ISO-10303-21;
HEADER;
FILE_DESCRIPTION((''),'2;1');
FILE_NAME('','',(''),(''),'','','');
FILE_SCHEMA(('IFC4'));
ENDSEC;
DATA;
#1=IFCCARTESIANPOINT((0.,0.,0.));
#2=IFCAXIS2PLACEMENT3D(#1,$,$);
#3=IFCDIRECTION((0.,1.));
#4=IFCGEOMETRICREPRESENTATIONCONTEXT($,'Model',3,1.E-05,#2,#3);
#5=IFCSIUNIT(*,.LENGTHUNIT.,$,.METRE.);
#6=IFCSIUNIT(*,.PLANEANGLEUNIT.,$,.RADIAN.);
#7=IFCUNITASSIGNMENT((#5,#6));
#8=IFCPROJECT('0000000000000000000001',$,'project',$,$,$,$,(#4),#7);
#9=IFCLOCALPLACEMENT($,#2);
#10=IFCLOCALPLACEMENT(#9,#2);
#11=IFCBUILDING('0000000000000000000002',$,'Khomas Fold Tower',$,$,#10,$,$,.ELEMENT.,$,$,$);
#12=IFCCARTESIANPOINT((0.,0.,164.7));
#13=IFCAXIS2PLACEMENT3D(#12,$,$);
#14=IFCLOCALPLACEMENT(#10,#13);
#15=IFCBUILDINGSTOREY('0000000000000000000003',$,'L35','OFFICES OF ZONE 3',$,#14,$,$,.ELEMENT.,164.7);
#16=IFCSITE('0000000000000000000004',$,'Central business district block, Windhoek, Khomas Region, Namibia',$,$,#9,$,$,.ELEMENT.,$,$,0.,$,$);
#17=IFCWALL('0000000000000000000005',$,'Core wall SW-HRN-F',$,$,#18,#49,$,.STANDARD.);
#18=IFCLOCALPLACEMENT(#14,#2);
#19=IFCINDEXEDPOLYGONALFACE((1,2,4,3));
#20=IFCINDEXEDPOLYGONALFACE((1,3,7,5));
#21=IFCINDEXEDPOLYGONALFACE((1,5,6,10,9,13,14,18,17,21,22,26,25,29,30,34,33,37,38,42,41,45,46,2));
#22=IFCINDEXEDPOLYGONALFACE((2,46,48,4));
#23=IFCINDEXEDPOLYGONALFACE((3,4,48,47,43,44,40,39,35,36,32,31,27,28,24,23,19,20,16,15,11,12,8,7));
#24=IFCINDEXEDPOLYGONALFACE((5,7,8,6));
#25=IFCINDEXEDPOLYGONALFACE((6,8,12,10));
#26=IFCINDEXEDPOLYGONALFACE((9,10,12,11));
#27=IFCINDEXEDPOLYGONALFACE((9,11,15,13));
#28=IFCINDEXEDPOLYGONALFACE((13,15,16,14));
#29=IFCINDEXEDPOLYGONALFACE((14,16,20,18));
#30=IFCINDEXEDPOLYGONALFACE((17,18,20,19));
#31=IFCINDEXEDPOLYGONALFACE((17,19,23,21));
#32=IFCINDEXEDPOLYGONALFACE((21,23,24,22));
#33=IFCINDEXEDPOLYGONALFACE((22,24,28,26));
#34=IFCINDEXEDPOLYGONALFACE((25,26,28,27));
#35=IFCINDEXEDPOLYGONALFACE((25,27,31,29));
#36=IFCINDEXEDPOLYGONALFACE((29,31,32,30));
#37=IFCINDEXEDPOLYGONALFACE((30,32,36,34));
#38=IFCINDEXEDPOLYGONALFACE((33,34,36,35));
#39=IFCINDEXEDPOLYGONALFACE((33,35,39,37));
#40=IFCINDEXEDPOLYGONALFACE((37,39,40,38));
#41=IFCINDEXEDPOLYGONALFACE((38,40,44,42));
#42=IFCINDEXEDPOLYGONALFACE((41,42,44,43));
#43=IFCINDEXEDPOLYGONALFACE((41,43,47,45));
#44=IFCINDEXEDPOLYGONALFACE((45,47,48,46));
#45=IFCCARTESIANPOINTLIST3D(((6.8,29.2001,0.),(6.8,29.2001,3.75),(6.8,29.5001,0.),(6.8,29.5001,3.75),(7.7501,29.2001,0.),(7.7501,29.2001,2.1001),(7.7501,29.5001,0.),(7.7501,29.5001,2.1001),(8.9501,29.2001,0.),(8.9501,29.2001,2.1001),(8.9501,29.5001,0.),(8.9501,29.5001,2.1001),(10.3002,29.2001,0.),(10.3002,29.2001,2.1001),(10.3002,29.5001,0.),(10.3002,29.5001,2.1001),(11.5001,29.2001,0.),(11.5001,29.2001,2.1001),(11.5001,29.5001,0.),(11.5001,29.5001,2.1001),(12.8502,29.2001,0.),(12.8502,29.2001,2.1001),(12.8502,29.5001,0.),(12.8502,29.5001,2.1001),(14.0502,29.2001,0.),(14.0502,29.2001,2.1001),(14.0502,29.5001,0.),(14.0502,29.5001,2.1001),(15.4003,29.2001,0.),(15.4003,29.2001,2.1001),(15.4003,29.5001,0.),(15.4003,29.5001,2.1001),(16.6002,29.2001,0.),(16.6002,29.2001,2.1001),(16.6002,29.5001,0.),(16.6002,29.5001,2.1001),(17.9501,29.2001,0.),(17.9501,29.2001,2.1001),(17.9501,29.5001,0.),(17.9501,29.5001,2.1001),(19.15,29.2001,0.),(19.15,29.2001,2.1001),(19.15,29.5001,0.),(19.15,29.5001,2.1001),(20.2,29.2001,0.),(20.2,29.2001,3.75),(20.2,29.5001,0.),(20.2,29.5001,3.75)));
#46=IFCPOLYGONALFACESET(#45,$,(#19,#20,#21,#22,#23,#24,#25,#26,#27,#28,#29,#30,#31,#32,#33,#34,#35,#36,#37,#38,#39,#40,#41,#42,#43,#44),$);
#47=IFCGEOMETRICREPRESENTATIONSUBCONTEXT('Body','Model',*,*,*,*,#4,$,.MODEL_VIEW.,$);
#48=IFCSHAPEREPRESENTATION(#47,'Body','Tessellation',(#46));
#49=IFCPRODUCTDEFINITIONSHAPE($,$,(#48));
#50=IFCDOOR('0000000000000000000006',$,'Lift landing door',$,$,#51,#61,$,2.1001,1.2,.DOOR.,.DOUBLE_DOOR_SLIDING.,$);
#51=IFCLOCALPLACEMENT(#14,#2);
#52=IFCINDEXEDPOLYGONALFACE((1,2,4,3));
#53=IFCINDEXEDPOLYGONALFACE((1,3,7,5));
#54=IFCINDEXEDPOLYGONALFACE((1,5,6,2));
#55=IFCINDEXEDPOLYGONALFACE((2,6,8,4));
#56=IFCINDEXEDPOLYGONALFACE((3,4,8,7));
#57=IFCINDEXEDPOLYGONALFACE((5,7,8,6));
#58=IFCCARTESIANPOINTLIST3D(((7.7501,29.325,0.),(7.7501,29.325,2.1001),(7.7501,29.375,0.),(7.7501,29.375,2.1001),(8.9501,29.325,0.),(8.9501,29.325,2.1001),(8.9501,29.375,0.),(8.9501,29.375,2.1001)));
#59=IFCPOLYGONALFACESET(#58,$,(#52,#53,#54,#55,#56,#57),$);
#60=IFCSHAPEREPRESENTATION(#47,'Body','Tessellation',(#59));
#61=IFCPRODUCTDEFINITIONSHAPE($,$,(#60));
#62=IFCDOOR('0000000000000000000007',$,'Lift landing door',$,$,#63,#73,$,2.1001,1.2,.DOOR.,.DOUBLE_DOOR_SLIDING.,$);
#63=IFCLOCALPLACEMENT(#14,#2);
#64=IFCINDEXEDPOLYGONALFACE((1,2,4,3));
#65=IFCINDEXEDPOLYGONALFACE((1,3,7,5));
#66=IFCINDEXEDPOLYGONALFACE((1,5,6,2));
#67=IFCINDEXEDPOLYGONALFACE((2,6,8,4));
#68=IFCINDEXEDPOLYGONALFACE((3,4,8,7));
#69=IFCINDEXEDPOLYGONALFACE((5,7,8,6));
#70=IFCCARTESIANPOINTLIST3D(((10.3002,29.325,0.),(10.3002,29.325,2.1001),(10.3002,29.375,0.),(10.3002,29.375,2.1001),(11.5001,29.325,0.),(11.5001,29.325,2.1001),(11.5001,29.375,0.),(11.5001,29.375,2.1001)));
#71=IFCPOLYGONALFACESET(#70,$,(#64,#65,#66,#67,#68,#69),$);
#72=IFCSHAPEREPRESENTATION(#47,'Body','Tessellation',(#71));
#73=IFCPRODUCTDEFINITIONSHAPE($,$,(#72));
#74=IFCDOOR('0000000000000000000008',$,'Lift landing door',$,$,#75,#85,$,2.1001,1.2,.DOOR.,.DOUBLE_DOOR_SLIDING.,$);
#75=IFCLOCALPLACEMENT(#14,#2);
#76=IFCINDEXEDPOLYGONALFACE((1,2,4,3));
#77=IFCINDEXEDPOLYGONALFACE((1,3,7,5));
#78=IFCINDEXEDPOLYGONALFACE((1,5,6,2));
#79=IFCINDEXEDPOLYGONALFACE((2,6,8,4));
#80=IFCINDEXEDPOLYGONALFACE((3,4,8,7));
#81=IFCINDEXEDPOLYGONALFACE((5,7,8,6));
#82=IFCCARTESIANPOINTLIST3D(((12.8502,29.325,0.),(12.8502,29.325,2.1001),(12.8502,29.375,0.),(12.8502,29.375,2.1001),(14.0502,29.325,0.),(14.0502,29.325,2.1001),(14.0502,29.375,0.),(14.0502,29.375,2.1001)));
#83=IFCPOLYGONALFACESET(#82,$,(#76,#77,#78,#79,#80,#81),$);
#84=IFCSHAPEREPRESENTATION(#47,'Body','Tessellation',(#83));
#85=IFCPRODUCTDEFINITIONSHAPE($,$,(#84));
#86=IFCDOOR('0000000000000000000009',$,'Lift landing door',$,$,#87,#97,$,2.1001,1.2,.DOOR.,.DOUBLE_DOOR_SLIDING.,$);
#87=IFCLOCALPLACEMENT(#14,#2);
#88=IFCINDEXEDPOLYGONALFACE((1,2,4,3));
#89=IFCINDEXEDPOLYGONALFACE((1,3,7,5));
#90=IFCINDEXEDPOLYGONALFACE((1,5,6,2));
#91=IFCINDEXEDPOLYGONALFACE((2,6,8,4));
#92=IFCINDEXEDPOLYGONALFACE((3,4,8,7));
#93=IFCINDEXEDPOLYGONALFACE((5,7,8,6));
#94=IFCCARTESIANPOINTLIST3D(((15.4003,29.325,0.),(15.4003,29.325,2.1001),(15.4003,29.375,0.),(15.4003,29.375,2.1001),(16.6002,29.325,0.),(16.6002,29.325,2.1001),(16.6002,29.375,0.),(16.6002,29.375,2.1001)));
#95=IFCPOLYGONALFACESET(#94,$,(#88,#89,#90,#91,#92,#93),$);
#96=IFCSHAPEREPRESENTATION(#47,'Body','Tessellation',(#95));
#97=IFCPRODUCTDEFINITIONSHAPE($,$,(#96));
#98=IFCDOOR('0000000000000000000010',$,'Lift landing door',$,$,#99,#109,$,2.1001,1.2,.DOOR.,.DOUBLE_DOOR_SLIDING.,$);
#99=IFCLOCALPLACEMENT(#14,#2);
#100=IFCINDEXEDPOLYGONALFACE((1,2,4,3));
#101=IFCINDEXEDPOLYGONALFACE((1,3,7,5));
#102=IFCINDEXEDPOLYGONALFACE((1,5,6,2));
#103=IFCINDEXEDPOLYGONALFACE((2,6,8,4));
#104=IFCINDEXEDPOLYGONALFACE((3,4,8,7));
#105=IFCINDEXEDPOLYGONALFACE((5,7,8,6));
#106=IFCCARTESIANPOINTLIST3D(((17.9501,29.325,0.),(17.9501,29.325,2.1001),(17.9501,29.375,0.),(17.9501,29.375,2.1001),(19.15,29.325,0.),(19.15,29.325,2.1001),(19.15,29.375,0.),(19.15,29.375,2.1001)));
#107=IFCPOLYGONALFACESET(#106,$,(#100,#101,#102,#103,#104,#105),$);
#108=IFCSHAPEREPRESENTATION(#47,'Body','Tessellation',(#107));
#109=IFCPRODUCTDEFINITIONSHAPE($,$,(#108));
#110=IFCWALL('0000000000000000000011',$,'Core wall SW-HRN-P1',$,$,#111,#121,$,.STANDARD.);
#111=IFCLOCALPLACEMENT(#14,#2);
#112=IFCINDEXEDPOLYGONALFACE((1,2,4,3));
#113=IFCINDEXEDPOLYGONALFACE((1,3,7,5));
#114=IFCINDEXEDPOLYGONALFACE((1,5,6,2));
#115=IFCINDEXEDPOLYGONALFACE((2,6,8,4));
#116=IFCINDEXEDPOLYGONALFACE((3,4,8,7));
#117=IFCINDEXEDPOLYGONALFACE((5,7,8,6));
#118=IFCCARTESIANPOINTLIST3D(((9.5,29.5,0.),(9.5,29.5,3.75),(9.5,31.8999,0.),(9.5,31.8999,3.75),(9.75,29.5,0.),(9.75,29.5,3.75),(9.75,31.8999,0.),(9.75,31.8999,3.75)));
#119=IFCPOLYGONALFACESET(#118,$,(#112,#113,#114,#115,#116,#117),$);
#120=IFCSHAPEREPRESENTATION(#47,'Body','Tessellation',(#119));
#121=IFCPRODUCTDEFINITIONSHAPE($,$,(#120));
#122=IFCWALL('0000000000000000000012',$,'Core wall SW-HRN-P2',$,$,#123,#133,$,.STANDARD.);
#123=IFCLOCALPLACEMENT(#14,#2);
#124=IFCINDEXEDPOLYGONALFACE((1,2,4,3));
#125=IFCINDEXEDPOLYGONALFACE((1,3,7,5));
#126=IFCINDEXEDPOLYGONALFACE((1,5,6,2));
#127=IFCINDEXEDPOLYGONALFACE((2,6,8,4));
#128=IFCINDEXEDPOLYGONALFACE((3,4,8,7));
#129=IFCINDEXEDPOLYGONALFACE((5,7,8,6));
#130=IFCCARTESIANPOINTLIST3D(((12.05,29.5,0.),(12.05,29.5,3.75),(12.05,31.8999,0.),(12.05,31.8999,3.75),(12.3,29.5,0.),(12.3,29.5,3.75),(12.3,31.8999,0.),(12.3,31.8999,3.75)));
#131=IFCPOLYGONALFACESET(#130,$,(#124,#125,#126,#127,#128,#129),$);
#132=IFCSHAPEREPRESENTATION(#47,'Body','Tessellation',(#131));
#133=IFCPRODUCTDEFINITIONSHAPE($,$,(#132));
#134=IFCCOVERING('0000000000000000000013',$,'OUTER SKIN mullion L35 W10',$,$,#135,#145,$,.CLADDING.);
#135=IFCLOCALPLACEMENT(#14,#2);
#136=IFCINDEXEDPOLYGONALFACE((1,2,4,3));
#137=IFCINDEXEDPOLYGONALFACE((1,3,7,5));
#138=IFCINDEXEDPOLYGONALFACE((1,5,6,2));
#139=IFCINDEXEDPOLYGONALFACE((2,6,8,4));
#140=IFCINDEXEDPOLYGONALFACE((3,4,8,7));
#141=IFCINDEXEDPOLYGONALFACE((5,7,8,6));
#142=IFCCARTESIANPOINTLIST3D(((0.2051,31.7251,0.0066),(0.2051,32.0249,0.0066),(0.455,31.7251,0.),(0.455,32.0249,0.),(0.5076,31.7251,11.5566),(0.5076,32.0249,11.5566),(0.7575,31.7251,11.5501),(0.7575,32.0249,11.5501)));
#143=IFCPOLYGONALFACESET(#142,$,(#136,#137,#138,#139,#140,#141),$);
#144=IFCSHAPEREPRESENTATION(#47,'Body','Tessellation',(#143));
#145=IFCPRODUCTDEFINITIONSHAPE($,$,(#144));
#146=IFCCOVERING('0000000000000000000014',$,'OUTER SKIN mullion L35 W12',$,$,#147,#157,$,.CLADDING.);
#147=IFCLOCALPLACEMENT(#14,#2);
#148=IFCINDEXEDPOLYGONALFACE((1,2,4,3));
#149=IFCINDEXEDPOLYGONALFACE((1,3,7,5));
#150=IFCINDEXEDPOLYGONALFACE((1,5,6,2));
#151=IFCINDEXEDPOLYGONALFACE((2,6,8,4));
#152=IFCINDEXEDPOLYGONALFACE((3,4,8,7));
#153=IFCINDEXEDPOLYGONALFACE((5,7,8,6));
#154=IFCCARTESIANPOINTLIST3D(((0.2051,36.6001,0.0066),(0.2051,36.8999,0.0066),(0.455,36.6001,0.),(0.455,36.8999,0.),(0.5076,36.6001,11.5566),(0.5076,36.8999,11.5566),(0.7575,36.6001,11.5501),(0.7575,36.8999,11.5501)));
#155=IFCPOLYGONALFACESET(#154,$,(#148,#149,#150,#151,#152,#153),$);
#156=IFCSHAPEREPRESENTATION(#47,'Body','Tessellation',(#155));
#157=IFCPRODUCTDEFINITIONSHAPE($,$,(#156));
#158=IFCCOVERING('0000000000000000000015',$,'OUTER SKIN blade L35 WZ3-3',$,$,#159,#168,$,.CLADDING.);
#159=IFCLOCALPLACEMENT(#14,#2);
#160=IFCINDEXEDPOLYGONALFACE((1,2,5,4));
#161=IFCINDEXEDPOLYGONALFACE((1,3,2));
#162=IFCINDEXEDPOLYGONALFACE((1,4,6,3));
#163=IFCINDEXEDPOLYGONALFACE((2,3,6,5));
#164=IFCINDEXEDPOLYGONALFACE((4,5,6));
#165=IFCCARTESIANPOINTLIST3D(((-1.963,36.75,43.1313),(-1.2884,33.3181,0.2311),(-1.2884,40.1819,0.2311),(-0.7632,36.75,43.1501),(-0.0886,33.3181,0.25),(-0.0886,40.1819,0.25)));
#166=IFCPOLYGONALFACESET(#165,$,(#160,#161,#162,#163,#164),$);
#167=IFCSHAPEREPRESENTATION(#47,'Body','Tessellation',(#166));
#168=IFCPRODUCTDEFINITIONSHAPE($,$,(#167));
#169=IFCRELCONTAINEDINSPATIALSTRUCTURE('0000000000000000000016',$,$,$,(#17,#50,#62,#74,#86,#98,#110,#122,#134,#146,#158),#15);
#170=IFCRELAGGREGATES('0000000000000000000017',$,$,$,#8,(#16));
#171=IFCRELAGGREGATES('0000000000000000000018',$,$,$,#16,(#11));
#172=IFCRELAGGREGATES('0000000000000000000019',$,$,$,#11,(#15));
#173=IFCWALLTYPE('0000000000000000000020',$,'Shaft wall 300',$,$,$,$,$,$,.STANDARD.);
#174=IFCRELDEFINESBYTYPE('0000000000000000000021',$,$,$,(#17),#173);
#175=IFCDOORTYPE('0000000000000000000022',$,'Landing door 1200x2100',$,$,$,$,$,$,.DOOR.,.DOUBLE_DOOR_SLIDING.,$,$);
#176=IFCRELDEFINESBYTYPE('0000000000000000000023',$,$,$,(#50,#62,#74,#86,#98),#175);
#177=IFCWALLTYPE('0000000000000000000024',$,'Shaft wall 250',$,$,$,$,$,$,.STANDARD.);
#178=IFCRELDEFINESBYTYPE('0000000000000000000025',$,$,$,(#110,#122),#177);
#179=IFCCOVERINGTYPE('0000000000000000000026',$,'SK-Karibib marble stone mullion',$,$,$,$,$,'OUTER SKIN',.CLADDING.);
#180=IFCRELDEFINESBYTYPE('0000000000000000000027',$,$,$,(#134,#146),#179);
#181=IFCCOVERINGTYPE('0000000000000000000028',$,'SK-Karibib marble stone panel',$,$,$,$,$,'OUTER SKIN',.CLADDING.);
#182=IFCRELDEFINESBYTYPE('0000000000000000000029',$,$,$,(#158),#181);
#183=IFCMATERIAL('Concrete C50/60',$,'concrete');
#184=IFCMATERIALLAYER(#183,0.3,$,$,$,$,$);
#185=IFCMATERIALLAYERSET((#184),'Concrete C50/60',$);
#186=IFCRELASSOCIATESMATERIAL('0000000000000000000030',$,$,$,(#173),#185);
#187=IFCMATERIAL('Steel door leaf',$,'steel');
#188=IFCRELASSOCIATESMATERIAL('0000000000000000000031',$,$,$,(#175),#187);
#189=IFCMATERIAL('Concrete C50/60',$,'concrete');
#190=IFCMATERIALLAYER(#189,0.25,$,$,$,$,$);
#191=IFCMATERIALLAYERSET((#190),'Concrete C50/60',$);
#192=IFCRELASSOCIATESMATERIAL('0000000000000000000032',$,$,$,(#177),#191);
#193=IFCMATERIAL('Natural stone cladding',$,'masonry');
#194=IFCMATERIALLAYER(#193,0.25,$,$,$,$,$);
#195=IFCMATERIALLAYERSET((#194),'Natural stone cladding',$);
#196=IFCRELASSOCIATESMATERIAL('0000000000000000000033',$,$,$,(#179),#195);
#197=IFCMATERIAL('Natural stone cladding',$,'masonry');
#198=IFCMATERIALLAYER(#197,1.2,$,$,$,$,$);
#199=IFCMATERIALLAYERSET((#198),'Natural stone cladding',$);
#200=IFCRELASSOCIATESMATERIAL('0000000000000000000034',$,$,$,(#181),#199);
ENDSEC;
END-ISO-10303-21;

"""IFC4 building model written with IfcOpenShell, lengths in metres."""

from ifc_helpers import new_model, si_unit, direction, frame, frame_2d, origin, place, context, subcontext, project, spatial, polyline, rectangle, outline, extrude, source, transform, mapped, material, layer, layer_set, type_object, element, fill, save


model = new_model("IFC4")

# Units and contexts
model_context = context("Model", 3, precision=1e-05, world=origin(), true_north=direction((0.0, 1.0)))
body_context = subcontext(model_context, "Body", "Model", "MODEL_VIEW")
ifc_project = project(units=[si_unit("LENGTHUNIT", "METRE"), si_unit("PLANEANGLEUNIT", "RADIAN")], contexts=[model_context])

# Site, building, storey
site_placement = place(None, origin())
site = spatial("IfcSite", under=ifc_project, at=site_placement, Name="Central business district block, Windhoek, Khomas Region, Namibia", CompositionType="ELEMENT", RefElevation=0.0)
building_placement = place(site_placement, origin())
building = spatial("IfcBuilding", under=site, at=building_placement, Name="Khomas Fold Tower", CompositionType="ELEMENT")
storey_placement = place(building_placement, frame((0.0, 0.0, 164.7)))
storey = spatial("IfcBuildingStorey", under=building, at=storey_placement, Name="L35", Description="OFFICES OF ZONE 3", CompositionType="ELEMENT", Elevation=164.7)

# Shared definitions
ifc_material_1 = material(Name="Concrete C50/60", Category="concrete")
ifc_layer_1 = layer(ifc_material_1, 0.3)
ifc_layer_set_1 = layer_set([ifc_layer_1], Name="Concrete C50/60")
wall_type_1 = type_object("IfcWallType", Name="Shaft wall 300", PredefinedType="STANDARD", material=ifc_layer_set_1)
shared_shape_1 = source(origin(), body_context, "Body", "SweptSolid", [
    extrude(rectangle(XDim=13.3999, YDim=0.3, at=frame_2d((6.7, 0.0))), origin(), (0.0, 0.0, 1.0), 3.75),
])

# Wall, openings, doors
wall_1_placement = place(storey_placement, frame((6.8, 29.3501, 0.0), z_axis=(0.0, 0.0, 1.0), x_axis=(1.0, 0.0, 0.0)))
wall_1 = element("IfcWall", 1, at=wall_1_placement, inside=storey, type_object=wall_type_1, Name="Core wall SW-HRN-F", PredefinedType="STANDARD", context=body_context, shape_type="MappedRepresentation", body=[
    mapped(shared_shape_1, transform((0.0, 0.0, 0.0))),
])
shared_shape_2 = source(origin(), body_context, "Body", "SweptSolid", [
    extrude(rectangle(XDim=1.2, YDim=2.1001, at=frame_2d((0.6001, 1.05))), frame((0.0, 0.1599, 0.0), z_axis=(0.0, -1.0, 0.0), x_axis=(1.0, 0.0, 0.0)), (0.0, 0.0, 1.0), 0.3201),
])
opening_1_placement = place(wall_1_placement, frame((0.95, 0.0, 0.0)))
opening_1 = element("IfcOpeningElement", 2, at=opening_1_placement, cuts=wall_1, PredefinedType="OPENING", context=body_context, shape_type="MappedRepresentation", body=[
    mapped(shared_shape_2, transform((0.0, 0.0, 0.0))),
])
opening_2_placement = place(wall_1_placement, frame((3.5, 0.0, 0.0)))
opening_2 = element("IfcOpeningElement", 3, at=opening_2_placement, cuts=wall_1, PredefinedType="OPENING", context=body_context, shape_type="MappedRepresentation", body=[
    mapped(shared_shape_2, transform((0.0, 0.0, 0.0))),
])
opening_3_placement = place(wall_1_placement, frame((6.05, 0.0, 0.0)))
opening_3 = element("IfcOpeningElement", 4, at=opening_3_placement, cuts=wall_1, PredefinedType="OPENING", context=body_context, shape_type="MappedRepresentation", body=[
    mapped(shared_shape_2, transform((0.0, 0.0, 0.0))),
])
opening_4_placement = place(wall_1_placement, frame((8.6001, 0.0, 0.0)))
opening_4 = element("IfcOpeningElement", 5, at=opening_4_placement, cuts=wall_1, PredefinedType="OPENING", context=body_context, shape_type="MappedRepresentation", body=[
    mapped(shared_shape_2, transform((0.0, 0.0, 0.0))),
])
opening_5_placement = place(wall_1_placement, frame((11.1499, 0.0, 0.0)))
opening_5 = element("IfcOpeningElement", 6, at=opening_5_placement, cuts=wall_1, PredefinedType="OPENING", context=body_context, shape_type="MappedRepresentation", body=[
    mapped(shared_shape_2, transform((0.0, 0.0, 0.0))),
])
ifc_material_2 = material(Name="Steel door leaf", Category="steel")
door_type = type_object("IfcDoorType", Name="Landing door 1200x2100", OperationType="DOUBLE_DOOR_SLIDING", PredefinedType="DOOR", material=ifc_material_2)
shared_shape_3 = source(origin(), body_context, "Body", "SweptSolid", [
    extrude(rectangle(XDim=1.2, YDim=2.1001, at=frame_2d((0.6001, 1.05))), frame((0.0, 0.0249, 0.0), z_axis=(0.0, -1.0, 0.0), x_axis=(1.0, 0.0, 0.0)), (0.0, 0.0, 1.0), 0.05),
])
door_1_placement = place(opening_1_placement, origin())
door_1 = element("IfcDoor", 7, at=door_1_placement, inside=storey, type_object=door_type, Name="Lift landing door", OperationType="DOUBLE_DOOR_SLIDING", OverallHeight=2.1001, OverallWidth=1.2, PredefinedType="DOOR", context=body_context, shape_type="MappedRepresentation", body=[
    mapped(shared_shape_3, transform((0.0, 0.0, 0.0))),
])
fill(opening_1, door_1)
door_2_placement = place(opening_2_placement, origin())
door_2 = element("IfcDoor", 8, at=door_2_placement, inside=storey, type_object=door_type, Name="Lift landing door", OperationType="DOUBLE_DOOR_SLIDING", OverallHeight=2.1001, OverallWidth=1.2, PredefinedType="DOOR", context=body_context, shape_type="MappedRepresentation", body=[
    mapped(shared_shape_3, transform((0.0, 0.0, 0.0))),
])
fill(opening_2, door_2)
door_3_placement = place(opening_3_placement, origin())
door_3 = element("IfcDoor", 9, at=door_3_placement, inside=storey, type_object=door_type, Name="Lift landing door", OperationType="DOUBLE_DOOR_SLIDING", OverallHeight=2.1001, OverallWidth=1.2, PredefinedType="DOOR", context=body_context, shape_type="MappedRepresentation", body=[
    mapped(shared_shape_3, transform((0.0, 0.0, 0.0))),
])
fill(opening_3, door_3)
door_4_placement = place(opening_4_placement, origin())
door_4 = element("IfcDoor", 10, at=door_4_placement, inside=storey, type_object=door_type, Name="Lift landing door", OperationType="DOUBLE_DOOR_SLIDING", OverallHeight=2.1001, OverallWidth=1.2, PredefinedType="DOOR", context=body_context, shape_type="MappedRepresentation", body=[
    mapped(shared_shape_3, transform((0.0, 0.0, 0.0))),
])
fill(opening_4, door_4)
door_5_placement = place(opening_5_placement, origin())
door_5 = element("IfcDoor", 11, at=door_5_placement, inside=storey, type_object=door_type, Name="Lift landing door", OperationType="DOUBLE_DOOR_SLIDING", OverallHeight=2.1001, OverallWidth=1.2, PredefinedType="DOOR", context=body_context, shape_type="MappedRepresentation", body=[
    mapped(shared_shape_3, transform((0.0, 0.0, 0.0))),
])
fill(opening_5, door_5)

# Walls
ifc_material_3 = material(Name="Concrete C50/60", Category="concrete")
ifc_layer_2 = layer(ifc_material_3, 0.25)
ifc_layer_set_2 = layer_set([ifc_layer_2], Name="Concrete C50/60")
wall_type_2 = type_object("IfcWallType", Name="Shaft wall 250", PredefinedType="STANDARD", material=ifc_layer_set_2)
shared_shape_4 = source(origin(), body_context, "Body", "SweptSolid", [
    extrude(rectangle(XDim=2.3999, YDim=0.25, at=frame_2d((1.2, 0.0))), origin(), (0.0, 0.0, 1.0), 3.75),
])
for number, where, z_axis, x_axis, name in (
    (12, (9.625, 29.5, 0.0), (0.0, 0.0, 1.0), (0.0, 1.0, 0.0), "Core wall SW-HRN-P1"),
    (13, (12.175, 29.5, 0.0), (0.0, 0.0, 1.0), (0.0, 1.0, 0.0), "Core wall SW-HRN-P2"),
):
    element("IfcWall", number, at=place(storey_placement, frame(where, z_axis=z_axis, x_axis=x_axis)), inside=storey, type_object=wall_type_2, Name=name, PredefinedType="STANDARD", context=body_context, shape_type="MappedRepresentation", body=[
        mapped(shared_shape_4, transform((0.0, 0.0, 0.0))),
    ])

# Coverings
ifc_material_4 = material(Name="Natural stone cladding", Category="masonry")
ifc_layer_3 = layer(ifc_material_4, 0.25)
ifc_layer_set_3 = layer_set([ifc_layer_3], Name="Natural stone cladding")
covering_type_1 = type_object("IfcCoveringType", Name="SK-Karibib marble stone mullion", ElementType="OUTER SKIN", PredefinedType="CLADDING", material=ifc_layer_set_3)
for number, where, z_axis, x_axis, name in (
    (14, (0.2051, 31.7251, 0.0066), (-0.999657, 0.0, 0.026181), (0.0, 1.0, 0.0), "OUTER SKIN mullion L35 W10"),
    (15, (0.2051, 36.6001, 0.0066), (-0.999657, 0.0, 0.026181), (0.0, 1.0, 0.0), "OUTER SKIN mullion L35 W12"),
):
    element("IfcCovering", number, at=place(storey_placement, frame(where, z_axis=z_axis, x_axis=x_axis)), inside=storey, type_object=covering_type_1, Name=name, PredefinedType="CLADDING", context=body_context, shape_type="SweptSolid", body=[
        extrude(outline(polyline([(0.0, 0.0), (0.2998, 0.0), (0.2998, -11.554), (0.0, -11.554), (0.0, 0.0)])), origin(), (0.0, 0.0, -1.0), 0.25),
    ])
ifc_material_5 = material(Name="Natural stone cladding", Category="masonry")
ifc_layer_4 = layer(ifc_material_5, 1.2)
ifc_layer_set_4 = layer_set([ifc_layer_4], Name="Natural stone cladding")
covering_type_2 = type_object("IfcCoveringType", Name="SK-Karibib marble stone panel", ElementType="OUTER SKIN", PredefinedType="CLADDING", material=ifc_layer_set_4)
covering_placement = place(storey_placement, frame((-0.0886, 33.3181, 0.25), z_axis=(0.999876, 0.0, 0.015722), x_axis=(0.0, 1.0, 0.0)))
element("IfcCovering", 16, at=covering_placement, inside=storey, type_object=covering_type_2, Name="OUTER SKIN blade L35 WZ3-3", PredefinedType="CLADDING", context=body_context, shape_type="SweptSolid", body=[
    extrude(outline(polyline([(0.0, 0.0), (6.8638, 0.0), (3.4319, 42.9054), (0.0, 0.0)])), origin(), (0.0, 0.0, -1.0), 1.2),
])

save(model, "model.ifc")
